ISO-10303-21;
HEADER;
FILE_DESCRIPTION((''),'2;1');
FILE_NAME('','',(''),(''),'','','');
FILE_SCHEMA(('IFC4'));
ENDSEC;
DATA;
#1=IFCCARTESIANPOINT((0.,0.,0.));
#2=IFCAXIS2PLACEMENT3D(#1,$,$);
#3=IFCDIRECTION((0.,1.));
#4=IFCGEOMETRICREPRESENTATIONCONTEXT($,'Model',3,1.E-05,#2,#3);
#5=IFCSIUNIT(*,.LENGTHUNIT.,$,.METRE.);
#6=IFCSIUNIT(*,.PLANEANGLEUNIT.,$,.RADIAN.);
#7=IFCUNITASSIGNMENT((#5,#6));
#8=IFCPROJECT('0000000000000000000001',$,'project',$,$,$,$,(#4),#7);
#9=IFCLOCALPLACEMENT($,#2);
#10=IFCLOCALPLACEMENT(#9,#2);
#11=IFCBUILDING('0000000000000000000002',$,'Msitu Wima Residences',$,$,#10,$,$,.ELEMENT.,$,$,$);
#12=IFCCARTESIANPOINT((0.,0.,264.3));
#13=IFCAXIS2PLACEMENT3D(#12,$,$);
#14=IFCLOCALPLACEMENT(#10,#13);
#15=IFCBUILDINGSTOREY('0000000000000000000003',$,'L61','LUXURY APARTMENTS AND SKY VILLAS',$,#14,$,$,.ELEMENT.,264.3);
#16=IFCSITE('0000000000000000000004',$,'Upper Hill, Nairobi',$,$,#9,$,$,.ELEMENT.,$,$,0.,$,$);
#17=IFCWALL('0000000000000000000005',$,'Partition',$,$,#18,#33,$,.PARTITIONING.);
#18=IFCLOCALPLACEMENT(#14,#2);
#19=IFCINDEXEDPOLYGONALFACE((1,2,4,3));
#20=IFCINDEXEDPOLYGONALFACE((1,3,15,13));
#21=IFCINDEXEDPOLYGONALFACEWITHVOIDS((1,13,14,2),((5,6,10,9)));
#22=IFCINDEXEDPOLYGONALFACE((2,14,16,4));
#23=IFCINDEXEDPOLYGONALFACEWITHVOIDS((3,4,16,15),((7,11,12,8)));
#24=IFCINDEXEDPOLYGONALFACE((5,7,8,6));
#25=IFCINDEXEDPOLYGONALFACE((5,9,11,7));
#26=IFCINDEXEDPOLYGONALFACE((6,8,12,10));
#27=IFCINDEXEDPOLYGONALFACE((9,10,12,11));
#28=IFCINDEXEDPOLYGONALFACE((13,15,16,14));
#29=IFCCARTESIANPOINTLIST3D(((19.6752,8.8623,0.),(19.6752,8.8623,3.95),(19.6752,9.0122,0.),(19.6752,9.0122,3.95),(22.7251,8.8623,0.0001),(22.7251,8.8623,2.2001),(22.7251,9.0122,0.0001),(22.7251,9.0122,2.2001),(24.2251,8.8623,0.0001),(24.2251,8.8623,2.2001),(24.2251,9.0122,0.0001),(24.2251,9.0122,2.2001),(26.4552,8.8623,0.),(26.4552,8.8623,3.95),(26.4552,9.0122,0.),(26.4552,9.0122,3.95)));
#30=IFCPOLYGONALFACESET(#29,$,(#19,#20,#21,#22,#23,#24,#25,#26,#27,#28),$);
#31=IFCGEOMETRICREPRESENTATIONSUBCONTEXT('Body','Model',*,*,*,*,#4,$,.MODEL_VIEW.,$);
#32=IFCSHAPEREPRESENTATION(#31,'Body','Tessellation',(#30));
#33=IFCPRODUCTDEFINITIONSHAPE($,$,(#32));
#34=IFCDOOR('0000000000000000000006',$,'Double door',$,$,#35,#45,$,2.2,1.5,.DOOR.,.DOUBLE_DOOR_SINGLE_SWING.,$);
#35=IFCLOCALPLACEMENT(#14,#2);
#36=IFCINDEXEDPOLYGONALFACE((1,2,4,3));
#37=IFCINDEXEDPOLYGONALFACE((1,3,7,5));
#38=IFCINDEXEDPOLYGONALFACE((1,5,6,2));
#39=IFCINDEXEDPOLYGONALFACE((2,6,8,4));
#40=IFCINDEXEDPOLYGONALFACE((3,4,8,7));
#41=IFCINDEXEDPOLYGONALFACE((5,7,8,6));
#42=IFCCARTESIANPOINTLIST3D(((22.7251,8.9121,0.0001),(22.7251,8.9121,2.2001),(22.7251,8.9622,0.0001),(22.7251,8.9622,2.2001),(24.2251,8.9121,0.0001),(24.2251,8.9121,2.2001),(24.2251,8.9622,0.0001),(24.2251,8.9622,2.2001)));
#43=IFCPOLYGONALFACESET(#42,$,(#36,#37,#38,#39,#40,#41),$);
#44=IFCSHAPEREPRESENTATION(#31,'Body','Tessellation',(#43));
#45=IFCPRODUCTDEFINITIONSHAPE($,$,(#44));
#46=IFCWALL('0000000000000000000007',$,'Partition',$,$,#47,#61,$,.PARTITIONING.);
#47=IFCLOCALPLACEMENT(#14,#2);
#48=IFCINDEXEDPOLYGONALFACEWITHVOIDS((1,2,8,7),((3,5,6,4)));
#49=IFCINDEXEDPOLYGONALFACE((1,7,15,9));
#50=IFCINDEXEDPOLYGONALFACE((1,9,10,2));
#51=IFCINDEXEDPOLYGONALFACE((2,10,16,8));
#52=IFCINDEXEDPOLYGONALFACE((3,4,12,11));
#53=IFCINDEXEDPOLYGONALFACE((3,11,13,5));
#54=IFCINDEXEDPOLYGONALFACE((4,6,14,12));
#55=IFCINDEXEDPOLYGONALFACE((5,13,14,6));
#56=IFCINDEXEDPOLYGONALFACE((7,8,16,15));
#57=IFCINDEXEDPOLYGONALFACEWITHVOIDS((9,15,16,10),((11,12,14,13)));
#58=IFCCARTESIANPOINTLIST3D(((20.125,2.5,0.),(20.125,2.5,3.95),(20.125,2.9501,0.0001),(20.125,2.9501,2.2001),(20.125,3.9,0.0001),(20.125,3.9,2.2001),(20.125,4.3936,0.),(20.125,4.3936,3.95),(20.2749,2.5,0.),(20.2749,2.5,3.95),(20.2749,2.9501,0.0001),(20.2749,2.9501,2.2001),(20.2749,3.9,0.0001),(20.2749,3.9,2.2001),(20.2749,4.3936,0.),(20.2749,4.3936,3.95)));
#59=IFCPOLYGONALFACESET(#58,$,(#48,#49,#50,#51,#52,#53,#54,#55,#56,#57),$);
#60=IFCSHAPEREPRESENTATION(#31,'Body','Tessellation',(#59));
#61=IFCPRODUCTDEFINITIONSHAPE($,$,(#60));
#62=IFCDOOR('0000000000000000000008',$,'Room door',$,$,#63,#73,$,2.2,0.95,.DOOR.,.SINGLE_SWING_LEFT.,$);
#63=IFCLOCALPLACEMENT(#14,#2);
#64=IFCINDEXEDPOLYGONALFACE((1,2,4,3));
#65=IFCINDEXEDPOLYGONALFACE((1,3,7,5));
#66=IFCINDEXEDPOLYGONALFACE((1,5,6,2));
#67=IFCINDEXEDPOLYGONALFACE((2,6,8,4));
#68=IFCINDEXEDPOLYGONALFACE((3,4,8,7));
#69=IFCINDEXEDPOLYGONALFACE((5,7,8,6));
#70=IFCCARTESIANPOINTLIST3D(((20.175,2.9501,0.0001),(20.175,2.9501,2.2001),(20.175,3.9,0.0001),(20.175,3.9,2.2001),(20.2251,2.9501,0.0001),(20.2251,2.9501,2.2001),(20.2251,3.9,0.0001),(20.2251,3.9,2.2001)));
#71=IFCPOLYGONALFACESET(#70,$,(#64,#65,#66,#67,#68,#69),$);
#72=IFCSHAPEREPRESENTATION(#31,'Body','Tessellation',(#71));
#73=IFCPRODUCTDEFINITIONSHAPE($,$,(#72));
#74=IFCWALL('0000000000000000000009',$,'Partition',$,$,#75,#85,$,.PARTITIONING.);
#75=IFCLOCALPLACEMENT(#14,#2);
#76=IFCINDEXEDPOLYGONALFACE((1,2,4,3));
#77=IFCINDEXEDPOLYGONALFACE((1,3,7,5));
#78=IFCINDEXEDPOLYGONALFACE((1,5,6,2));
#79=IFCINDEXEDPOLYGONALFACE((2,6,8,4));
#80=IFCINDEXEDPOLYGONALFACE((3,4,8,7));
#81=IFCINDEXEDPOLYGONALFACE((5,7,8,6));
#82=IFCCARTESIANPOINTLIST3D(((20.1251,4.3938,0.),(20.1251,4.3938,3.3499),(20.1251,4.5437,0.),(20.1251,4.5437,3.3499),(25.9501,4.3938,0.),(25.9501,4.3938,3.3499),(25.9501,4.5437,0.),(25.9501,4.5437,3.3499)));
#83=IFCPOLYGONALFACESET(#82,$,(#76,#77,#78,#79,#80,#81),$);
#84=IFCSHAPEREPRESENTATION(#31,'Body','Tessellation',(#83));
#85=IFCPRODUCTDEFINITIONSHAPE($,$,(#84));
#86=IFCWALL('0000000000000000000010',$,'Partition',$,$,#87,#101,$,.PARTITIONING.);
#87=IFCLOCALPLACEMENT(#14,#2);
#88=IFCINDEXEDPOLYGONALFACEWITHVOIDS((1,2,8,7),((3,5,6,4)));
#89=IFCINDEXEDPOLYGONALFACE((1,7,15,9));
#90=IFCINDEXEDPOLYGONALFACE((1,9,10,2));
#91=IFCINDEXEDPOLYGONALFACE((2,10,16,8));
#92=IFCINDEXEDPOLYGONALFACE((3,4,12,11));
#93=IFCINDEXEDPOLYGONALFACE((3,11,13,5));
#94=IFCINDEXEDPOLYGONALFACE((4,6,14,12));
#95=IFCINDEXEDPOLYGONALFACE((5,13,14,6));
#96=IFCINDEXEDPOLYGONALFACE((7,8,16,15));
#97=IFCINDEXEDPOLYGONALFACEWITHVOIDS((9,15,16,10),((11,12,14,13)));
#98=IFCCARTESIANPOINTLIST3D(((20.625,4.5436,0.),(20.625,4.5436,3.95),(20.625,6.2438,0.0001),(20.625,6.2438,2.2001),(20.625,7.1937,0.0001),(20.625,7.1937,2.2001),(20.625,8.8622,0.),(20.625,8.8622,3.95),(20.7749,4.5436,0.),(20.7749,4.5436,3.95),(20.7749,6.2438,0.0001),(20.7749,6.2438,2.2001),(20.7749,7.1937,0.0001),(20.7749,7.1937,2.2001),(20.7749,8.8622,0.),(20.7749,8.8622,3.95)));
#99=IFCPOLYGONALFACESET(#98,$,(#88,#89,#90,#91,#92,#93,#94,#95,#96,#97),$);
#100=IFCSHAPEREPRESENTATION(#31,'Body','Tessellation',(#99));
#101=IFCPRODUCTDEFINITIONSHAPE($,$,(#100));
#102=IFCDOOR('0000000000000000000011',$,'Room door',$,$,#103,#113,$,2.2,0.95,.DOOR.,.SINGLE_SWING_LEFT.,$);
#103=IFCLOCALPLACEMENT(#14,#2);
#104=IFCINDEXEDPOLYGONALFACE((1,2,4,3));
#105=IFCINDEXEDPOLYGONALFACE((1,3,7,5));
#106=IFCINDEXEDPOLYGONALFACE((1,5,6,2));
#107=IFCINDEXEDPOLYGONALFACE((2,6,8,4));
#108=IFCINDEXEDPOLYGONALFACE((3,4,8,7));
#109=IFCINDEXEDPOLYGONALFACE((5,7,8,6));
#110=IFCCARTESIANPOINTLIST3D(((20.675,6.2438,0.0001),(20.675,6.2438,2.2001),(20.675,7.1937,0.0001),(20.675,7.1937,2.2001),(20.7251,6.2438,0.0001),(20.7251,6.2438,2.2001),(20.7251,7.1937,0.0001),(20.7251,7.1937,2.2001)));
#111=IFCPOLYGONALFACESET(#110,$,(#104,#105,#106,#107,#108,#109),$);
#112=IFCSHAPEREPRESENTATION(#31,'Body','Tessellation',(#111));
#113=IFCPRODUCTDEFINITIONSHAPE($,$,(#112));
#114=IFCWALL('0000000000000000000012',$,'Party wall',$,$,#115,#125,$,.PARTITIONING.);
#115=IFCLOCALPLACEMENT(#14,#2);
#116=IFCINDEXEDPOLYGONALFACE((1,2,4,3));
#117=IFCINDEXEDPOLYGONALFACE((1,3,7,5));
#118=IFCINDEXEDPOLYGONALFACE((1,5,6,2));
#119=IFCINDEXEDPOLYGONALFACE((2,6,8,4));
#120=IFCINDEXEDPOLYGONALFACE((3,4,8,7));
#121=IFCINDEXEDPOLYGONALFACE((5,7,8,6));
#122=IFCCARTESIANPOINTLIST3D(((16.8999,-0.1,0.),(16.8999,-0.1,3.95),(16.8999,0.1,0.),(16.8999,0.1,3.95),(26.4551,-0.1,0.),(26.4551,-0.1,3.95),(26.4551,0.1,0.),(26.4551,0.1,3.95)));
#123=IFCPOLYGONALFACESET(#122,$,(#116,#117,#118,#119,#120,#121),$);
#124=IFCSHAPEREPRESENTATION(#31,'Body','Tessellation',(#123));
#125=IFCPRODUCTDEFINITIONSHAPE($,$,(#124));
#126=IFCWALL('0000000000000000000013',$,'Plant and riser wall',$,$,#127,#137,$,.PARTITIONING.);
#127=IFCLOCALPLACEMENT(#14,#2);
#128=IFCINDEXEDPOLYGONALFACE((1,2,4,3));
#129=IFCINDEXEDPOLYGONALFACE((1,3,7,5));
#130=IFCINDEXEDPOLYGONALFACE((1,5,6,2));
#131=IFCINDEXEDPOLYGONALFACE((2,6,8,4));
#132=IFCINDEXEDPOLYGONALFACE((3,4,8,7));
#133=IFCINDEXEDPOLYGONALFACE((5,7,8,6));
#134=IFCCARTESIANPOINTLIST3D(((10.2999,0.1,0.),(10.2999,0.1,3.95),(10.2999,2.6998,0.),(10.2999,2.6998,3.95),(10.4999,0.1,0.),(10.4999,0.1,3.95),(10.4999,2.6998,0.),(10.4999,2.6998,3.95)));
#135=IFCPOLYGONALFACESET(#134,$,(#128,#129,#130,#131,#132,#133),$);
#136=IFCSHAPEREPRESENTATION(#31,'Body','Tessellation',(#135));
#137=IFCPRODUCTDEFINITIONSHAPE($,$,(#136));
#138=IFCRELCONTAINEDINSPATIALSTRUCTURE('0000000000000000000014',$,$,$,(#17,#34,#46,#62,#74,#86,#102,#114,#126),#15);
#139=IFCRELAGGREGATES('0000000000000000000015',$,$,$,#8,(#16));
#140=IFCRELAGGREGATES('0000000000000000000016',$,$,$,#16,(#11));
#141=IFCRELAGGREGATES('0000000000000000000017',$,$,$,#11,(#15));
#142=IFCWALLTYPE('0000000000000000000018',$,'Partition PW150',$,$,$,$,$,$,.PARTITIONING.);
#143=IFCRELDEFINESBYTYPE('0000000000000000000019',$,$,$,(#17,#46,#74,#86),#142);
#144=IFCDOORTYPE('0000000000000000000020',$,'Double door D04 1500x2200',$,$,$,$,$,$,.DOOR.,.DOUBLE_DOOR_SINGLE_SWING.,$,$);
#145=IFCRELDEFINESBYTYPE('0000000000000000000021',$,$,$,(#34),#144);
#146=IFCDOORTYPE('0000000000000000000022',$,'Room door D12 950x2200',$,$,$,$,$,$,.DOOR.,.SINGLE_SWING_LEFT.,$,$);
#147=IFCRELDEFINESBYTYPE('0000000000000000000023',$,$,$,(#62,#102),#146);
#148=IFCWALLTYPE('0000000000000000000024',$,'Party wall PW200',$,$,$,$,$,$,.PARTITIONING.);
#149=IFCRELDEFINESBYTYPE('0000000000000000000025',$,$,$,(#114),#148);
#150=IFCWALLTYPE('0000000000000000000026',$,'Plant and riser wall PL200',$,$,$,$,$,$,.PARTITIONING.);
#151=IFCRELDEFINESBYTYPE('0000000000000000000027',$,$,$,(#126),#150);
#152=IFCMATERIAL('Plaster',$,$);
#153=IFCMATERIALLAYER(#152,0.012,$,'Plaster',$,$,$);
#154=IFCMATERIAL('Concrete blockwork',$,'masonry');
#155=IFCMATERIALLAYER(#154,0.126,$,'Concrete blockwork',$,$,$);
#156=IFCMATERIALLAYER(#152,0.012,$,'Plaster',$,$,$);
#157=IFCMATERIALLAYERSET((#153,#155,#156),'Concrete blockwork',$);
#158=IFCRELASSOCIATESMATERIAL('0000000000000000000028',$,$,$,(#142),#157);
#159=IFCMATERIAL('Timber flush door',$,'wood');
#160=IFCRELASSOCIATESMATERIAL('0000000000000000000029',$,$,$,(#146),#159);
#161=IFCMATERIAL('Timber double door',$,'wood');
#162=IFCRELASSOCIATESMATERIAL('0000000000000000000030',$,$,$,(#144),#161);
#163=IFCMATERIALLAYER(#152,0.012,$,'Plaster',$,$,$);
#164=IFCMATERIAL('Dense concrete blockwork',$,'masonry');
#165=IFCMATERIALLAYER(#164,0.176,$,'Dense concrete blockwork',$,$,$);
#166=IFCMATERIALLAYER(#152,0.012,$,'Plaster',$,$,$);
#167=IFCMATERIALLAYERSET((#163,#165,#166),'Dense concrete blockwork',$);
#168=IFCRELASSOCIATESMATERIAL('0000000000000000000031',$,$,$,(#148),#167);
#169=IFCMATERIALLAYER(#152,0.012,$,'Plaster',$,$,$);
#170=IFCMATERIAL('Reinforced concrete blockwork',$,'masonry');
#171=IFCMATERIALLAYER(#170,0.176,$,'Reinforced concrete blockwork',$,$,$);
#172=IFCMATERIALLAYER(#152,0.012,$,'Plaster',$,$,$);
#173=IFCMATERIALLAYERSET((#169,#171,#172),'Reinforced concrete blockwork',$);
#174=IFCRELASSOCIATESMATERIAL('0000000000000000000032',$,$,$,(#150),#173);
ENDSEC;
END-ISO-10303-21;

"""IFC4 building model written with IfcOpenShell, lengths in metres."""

from ifc_helpers import new_model, si_unit, direction, frame, frame_2d, origin, place, context, subcontext, project, spatial, rectangle, extrude, material, layer, layer_set, type_object, element, fill, save


model = new_model("IFC4")

# Units and contexts
model_context = context("Model", 3, precision=1e-05, world=origin(), true_north=direction((0.0, 1.0)))
body_context = subcontext(model_context, "Body", "Model", "MODEL_VIEW")
ifc_project = project(units=[si_unit("LENGTHUNIT", "METRE"), si_unit("PLANEANGLEUNIT", "RADIAN")], contexts=[model_context])

# Site, building, storey
site_placement = place(None, origin())
site = spatial("IfcSite", under=ifc_project, at=site_placement, Name="Upper Hill, Nairobi", CompositionType="ELEMENT", RefElevation=0.0)
building_placement = place(site_placement, origin())
building = spatial("IfcBuilding", under=site, at=building_placement, Name="Msitu Wima Residences", CompositionType="ELEMENT")
storey_placement = place(building_placement, frame((0.0, 0.0, 264.3)))
storey = spatial("IfcBuildingStorey", under=building, at=storey_placement, Name="L61", Description="LUXURY APARTMENTS AND SKY VILLAS", CompositionType="ELEMENT", Elevation=264.3)

# Walls, openings, doors
ifc_material_1 = material(Name="Plaster")
ifc_layer_1 = layer(ifc_material_1, 0.012, Name="Plaster")
ifc_material_2 = material(Name="Concrete blockwork", Category="masonry")
ifc_layer_2 = layer(ifc_material_2, 0.126, Name="Concrete blockwork")
ifc_layer_3 = layer(ifc_material_1, 0.012, Name="Plaster")
ifc_layer_set_1 = layer_set([ifc_layer_1, ifc_layer_2, ifc_layer_3], Name="Concrete blockwork")
wall_type_1 = type_object("IfcWallType", Name="Partition PW150", PredefinedType="PARTITIONING", material=ifc_layer_set_1)
ifc_material_3 = material(Name="Timber flush door", Category="wood")
door_type_1 = type_object("IfcDoorType", Name="Room door D12 950x2200", OperationType="SINGLE_SWING_LEFT", PredefinedType="DOOR", material=ifc_material_3)
wall_1_placement = place(storey_placement, frame((19.675, 8.9373, 0.0), z_axis=(0.0, 0.0, 1.0), x_axis=(1.0, 0.0, 0.0)))
wall_1 = element("IfcWall", 1, at=wall_1_placement, inside=storey, type_object=wall_type_1, Name="Partition", PredefinedType="PARTITIONING", context=body_context, shape_type="SweptSolid", body=[
    extrude(rectangle(XDim=6.78, YDim=0.1499, at=frame_2d((3.3901, 0.0))), origin(), (0.0, 0.0, 1.0), 3.95),
])
opening_1_placement = place(wall_1_placement, frame((3.05, 0.0, 0.0)))
opening_1 = element("IfcOpeningElement", 2, at=opening_1_placement, cuts=wall_1, PredefinedType="OPENING", context=body_context, shape_type="SweptSolid", body=[
    extrude(rectangle(XDim=1.5, YDim=2.2, at=frame_2d((0.75, 1.1001))), frame((0.0, 0.085, 0.0), z_axis=(0.0, -1.0, 0.0), x_axis=(1.0, 0.0, 0.0)), (0.0, 0.0, 1.0), 0.1699),
])
ifc_material_4 = material(Name="Timber double door", Category="wood")
door_type_2 = type_object("IfcDoorType", Name="Double door D04 1500x2200", OperationType="DOUBLE_DOOR_SINGLE_SWING", PredefinedType="DOOR", material=ifc_material_4)
door_1_placement = place(opening_1_placement, origin())
door_1 = element("IfcDoor", 3, at=door_1_placement, inside=storey, type_object=door_type_2, Name="Double door", OperationType="DOUBLE_DOOR_SINGLE_SWING", OverallHeight=2.2, OverallWidth=1.5, PredefinedType="DOOR", context=body_context, shape_type="SweptSolid", body=[
    extrude(rectangle(XDim=1.5, YDim=2.2, at=frame_2d((0.75, 1.1001))), frame((0.0, 0.0249, 0.0), z_axis=(0.0, -1.0, 0.0), x_axis=(1.0, 0.0, 0.0)), (0.0, 0.0, 1.0), 0.05),
])
fill(opening_1, door_1)
wall_2_placement = place(storey_placement, frame((20.2, 2.5, 0.0), z_axis=(0.0, 0.0, 1.0), x_axis=(0.0, 1.0, 0.0)))
wall_2 = element("IfcWall", 4, at=wall_2_placement, inside=storey, type_object=wall_type_1, Name="Partition", PredefinedType="PARTITIONING", context=body_context, shape_type="SweptSolid", body=[
    extrude(rectangle(XDim=1.8936, YDim=0.1499, at=frame_2d((0.9468, 0.0))), origin(), (0.0, 0.0, 1.0), 3.95),
])
opening_2_placement = place(wall_2_placement, frame((0.45, 0.0, 0.0)))
opening_2 = element("IfcOpeningElement", 5, at=opening_2_placement, cuts=wall_2, PredefinedType="OPENING", context=body_context, shape_type="SweptSolid", body=[
    extrude(rectangle(XDim=0.95, YDim=2.2, at=frame_2d((0.4751, 1.1001))), frame((0.0, 0.085, 0.0), z_axis=(0.0, -1.0, 0.0), x_axis=(1.0, 0.0, 0.0)), (0.0, 0.0, 1.0), 0.1699),
])
door_2_placement = place(opening_2_placement, origin())
door_2 = element("IfcDoor", 6, at=door_2_placement, inside=storey, type_object=door_type_1, Name="Room door", OperationType="SINGLE_SWING_LEFT", OverallHeight=2.2, OverallWidth=0.95, PredefinedType="DOOR", context=body_context, shape_type="SweptSolid", body=[
    extrude(rectangle(XDim=0.95, YDim=2.2, at=frame_2d((0.4751, 1.1001))), frame((0.0, 0.0249, 0.0), z_axis=(0.0, -1.0, 0.0), x_axis=(1.0, 0.0, 0.0)), (0.0, 0.0, 1.0), 0.05),
])
fill(opening_2, door_2)

# Wall
wall_3_placement = place(storey_placement, frame((20.125, 4.4688, 0.0), z_axis=(0.0, 0.0, 1.0), x_axis=(1.0, 0.0, 0.0)))
element("IfcWall", 7, at=wall_3_placement, inside=storey, type_object=wall_type_1, Name="Partition", PredefinedType="PARTITIONING", context=body_context, shape_type="SweptSolid", body=[
    extrude(rectangle(XDim=5.825, YDim=0.1499, at=frame_2d((2.9126, 0.0))), origin(), (0.0, 0.0, 1.0), 3.3499),
])

# Wall, opening, door
wall_4_placement = place(storey_placement, frame((20.7, 4.5437, 0.0), z_axis=(0.0, 0.0, 1.0), x_axis=(0.0, 1.0, 0.0)))
wall_4 = element("IfcWall", 8, at=wall_4_placement, inside=storey, type_object=wall_type_1, Name="Partition", PredefinedType="PARTITIONING", context=body_context, shape_type="SweptSolid", body=[
    extrude(rectangle(XDim=4.3186, YDim=0.1499, at=frame_2d((2.1592, 0.0))), origin(), (0.0, 0.0, 1.0), 3.95),
])
opening_3_placement = place(wall_4_placement, frame((1.7, 0.0, 0.0)))
opening_3 = element("IfcOpeningElement", 9, at=opening_3_placement, cuts=wall_4, PredefinedType="OPENING", context=body_context, shape_type="SweptSolid", body=[
    extrude(rectangle(XDim=0.95, YDim=2.2, at=frame_2d((0.4751, 1.1001))), frame((0.0, 0.085, 0.0), z_axis=(0.0, -1.0, 0.0), x_axis=(1.0, 0.0, 0.0)), (0.0, 0.0, 1.0), 0.1699),
])
door_3_placement = place(opening_3_placement, origin())
door_3 = element("IfcDoor", 10, at=door_3_placement, inside=storey, type_object=door_type_1, Name="Room door", OperationType="SINGLE_SWING_LEFT", OverallHeight=2.2, OverallWidth=0.95, PredefinedType="DOOR", context=body_context, shape_type="SweptSolid", body=[
    extrude(rectangle(XDim=0.95, YDim=2.2, at=frame_2d((0.4751, 1.1001))), frame((0.0, 0.0249, 0.0), z_axis=(0.0, -1.0, 0.0), x_axis=(1.0, 0.0, 0.0)), (0.0, 0.0, 1.0), 0.05),
])
fill(opening_3, door_3)

# Walls
ifc_layer_4 = layer(ifc_material_1, 0.012, Name="Plaster")
ifc_material_5 = material(Name="Dense concrete blockwork", Category="masonry")
ifc_layer_5 = layer(ifc_material_5, 0.176, Name="Dense concrete blockwork")
ifc_layer_6 = layer(ifc_material_1, 0.012, Name="Plaster")
ifc_layer_set_2 = layer_set([ifc_layer_4, ifc_layer_5, ifc_layer_6], Name="Dense concrete blockwork")
wall_type_2 = type_object("IfcWallType", Name="Party wall PW200", PredefinedType="PARTITIONING", material=ifc_layer_set_2)
wall_5_placement = place(storey_placement, frame((16.8999, 0.0, 0.0), z_axis=(0.0, 0.0, 1.0), x_axis=(1.0, 0.0, 0.0)))
element("IfcWall", 11, at=wall_5_placement, inside=storey, type_object=wall_type_2, Name="Party wall", PredefinedType="PARTITIONING", context=body_context, shape_type="SweptSolid", body=[
    extrude(rectangle(XDim=9.5552, YDim=0.2, at=frame_2d((4.7776, 0.0))), origin(), (0.0, 0.0, 1.0), 3.95),
])
ifc_layer_7 = layer(ifc_material_1, 0.012, Name="Plaster")
ifc_material_6 = material(Name="Reinforced concrete blockwork", Category="masonry")
ifc_layer_8 = layer(ifc_material_6, 0.176, Name="Reinforced concrete blockwork")
ifc_layer_9 = layer(ifc_material_1, 0.012, Name="Plaster")
ifc_layer_set_3 = layer_set([ifc_layer_7, ifc_layer_8, ifc_layer_9], Name="Reinforced concrete blockwork")
wall_type_3 = type_object("IfcWallType", Name="Plant and riser wall PL200", PredefinedType="PARTITIONING", material=ifc_layer_set_3)
wall_6_placement = place(storey_placement, frame((10.3999, 0.1001, 0.0), z_axis=(0.0, 0.0, 1.0), x_axis=(0.0, 1.0, 0.0)))
element("IfcWall", 12, at=wall_6_placement, inside=storey, type_object=wall_type_3, Name="Plant and riser wall", PredefinedType="PARTITIONING", context=body_context, shape_type="SweptSolid", body=[
    extrude(rectangle(XDim=2.5999, YDim=0.2, at=frame_2d((1.2998, 0.0))), origin(), (0.0, 0.0, 1.0), 3.95),
])

save(model, "model.ifc")
